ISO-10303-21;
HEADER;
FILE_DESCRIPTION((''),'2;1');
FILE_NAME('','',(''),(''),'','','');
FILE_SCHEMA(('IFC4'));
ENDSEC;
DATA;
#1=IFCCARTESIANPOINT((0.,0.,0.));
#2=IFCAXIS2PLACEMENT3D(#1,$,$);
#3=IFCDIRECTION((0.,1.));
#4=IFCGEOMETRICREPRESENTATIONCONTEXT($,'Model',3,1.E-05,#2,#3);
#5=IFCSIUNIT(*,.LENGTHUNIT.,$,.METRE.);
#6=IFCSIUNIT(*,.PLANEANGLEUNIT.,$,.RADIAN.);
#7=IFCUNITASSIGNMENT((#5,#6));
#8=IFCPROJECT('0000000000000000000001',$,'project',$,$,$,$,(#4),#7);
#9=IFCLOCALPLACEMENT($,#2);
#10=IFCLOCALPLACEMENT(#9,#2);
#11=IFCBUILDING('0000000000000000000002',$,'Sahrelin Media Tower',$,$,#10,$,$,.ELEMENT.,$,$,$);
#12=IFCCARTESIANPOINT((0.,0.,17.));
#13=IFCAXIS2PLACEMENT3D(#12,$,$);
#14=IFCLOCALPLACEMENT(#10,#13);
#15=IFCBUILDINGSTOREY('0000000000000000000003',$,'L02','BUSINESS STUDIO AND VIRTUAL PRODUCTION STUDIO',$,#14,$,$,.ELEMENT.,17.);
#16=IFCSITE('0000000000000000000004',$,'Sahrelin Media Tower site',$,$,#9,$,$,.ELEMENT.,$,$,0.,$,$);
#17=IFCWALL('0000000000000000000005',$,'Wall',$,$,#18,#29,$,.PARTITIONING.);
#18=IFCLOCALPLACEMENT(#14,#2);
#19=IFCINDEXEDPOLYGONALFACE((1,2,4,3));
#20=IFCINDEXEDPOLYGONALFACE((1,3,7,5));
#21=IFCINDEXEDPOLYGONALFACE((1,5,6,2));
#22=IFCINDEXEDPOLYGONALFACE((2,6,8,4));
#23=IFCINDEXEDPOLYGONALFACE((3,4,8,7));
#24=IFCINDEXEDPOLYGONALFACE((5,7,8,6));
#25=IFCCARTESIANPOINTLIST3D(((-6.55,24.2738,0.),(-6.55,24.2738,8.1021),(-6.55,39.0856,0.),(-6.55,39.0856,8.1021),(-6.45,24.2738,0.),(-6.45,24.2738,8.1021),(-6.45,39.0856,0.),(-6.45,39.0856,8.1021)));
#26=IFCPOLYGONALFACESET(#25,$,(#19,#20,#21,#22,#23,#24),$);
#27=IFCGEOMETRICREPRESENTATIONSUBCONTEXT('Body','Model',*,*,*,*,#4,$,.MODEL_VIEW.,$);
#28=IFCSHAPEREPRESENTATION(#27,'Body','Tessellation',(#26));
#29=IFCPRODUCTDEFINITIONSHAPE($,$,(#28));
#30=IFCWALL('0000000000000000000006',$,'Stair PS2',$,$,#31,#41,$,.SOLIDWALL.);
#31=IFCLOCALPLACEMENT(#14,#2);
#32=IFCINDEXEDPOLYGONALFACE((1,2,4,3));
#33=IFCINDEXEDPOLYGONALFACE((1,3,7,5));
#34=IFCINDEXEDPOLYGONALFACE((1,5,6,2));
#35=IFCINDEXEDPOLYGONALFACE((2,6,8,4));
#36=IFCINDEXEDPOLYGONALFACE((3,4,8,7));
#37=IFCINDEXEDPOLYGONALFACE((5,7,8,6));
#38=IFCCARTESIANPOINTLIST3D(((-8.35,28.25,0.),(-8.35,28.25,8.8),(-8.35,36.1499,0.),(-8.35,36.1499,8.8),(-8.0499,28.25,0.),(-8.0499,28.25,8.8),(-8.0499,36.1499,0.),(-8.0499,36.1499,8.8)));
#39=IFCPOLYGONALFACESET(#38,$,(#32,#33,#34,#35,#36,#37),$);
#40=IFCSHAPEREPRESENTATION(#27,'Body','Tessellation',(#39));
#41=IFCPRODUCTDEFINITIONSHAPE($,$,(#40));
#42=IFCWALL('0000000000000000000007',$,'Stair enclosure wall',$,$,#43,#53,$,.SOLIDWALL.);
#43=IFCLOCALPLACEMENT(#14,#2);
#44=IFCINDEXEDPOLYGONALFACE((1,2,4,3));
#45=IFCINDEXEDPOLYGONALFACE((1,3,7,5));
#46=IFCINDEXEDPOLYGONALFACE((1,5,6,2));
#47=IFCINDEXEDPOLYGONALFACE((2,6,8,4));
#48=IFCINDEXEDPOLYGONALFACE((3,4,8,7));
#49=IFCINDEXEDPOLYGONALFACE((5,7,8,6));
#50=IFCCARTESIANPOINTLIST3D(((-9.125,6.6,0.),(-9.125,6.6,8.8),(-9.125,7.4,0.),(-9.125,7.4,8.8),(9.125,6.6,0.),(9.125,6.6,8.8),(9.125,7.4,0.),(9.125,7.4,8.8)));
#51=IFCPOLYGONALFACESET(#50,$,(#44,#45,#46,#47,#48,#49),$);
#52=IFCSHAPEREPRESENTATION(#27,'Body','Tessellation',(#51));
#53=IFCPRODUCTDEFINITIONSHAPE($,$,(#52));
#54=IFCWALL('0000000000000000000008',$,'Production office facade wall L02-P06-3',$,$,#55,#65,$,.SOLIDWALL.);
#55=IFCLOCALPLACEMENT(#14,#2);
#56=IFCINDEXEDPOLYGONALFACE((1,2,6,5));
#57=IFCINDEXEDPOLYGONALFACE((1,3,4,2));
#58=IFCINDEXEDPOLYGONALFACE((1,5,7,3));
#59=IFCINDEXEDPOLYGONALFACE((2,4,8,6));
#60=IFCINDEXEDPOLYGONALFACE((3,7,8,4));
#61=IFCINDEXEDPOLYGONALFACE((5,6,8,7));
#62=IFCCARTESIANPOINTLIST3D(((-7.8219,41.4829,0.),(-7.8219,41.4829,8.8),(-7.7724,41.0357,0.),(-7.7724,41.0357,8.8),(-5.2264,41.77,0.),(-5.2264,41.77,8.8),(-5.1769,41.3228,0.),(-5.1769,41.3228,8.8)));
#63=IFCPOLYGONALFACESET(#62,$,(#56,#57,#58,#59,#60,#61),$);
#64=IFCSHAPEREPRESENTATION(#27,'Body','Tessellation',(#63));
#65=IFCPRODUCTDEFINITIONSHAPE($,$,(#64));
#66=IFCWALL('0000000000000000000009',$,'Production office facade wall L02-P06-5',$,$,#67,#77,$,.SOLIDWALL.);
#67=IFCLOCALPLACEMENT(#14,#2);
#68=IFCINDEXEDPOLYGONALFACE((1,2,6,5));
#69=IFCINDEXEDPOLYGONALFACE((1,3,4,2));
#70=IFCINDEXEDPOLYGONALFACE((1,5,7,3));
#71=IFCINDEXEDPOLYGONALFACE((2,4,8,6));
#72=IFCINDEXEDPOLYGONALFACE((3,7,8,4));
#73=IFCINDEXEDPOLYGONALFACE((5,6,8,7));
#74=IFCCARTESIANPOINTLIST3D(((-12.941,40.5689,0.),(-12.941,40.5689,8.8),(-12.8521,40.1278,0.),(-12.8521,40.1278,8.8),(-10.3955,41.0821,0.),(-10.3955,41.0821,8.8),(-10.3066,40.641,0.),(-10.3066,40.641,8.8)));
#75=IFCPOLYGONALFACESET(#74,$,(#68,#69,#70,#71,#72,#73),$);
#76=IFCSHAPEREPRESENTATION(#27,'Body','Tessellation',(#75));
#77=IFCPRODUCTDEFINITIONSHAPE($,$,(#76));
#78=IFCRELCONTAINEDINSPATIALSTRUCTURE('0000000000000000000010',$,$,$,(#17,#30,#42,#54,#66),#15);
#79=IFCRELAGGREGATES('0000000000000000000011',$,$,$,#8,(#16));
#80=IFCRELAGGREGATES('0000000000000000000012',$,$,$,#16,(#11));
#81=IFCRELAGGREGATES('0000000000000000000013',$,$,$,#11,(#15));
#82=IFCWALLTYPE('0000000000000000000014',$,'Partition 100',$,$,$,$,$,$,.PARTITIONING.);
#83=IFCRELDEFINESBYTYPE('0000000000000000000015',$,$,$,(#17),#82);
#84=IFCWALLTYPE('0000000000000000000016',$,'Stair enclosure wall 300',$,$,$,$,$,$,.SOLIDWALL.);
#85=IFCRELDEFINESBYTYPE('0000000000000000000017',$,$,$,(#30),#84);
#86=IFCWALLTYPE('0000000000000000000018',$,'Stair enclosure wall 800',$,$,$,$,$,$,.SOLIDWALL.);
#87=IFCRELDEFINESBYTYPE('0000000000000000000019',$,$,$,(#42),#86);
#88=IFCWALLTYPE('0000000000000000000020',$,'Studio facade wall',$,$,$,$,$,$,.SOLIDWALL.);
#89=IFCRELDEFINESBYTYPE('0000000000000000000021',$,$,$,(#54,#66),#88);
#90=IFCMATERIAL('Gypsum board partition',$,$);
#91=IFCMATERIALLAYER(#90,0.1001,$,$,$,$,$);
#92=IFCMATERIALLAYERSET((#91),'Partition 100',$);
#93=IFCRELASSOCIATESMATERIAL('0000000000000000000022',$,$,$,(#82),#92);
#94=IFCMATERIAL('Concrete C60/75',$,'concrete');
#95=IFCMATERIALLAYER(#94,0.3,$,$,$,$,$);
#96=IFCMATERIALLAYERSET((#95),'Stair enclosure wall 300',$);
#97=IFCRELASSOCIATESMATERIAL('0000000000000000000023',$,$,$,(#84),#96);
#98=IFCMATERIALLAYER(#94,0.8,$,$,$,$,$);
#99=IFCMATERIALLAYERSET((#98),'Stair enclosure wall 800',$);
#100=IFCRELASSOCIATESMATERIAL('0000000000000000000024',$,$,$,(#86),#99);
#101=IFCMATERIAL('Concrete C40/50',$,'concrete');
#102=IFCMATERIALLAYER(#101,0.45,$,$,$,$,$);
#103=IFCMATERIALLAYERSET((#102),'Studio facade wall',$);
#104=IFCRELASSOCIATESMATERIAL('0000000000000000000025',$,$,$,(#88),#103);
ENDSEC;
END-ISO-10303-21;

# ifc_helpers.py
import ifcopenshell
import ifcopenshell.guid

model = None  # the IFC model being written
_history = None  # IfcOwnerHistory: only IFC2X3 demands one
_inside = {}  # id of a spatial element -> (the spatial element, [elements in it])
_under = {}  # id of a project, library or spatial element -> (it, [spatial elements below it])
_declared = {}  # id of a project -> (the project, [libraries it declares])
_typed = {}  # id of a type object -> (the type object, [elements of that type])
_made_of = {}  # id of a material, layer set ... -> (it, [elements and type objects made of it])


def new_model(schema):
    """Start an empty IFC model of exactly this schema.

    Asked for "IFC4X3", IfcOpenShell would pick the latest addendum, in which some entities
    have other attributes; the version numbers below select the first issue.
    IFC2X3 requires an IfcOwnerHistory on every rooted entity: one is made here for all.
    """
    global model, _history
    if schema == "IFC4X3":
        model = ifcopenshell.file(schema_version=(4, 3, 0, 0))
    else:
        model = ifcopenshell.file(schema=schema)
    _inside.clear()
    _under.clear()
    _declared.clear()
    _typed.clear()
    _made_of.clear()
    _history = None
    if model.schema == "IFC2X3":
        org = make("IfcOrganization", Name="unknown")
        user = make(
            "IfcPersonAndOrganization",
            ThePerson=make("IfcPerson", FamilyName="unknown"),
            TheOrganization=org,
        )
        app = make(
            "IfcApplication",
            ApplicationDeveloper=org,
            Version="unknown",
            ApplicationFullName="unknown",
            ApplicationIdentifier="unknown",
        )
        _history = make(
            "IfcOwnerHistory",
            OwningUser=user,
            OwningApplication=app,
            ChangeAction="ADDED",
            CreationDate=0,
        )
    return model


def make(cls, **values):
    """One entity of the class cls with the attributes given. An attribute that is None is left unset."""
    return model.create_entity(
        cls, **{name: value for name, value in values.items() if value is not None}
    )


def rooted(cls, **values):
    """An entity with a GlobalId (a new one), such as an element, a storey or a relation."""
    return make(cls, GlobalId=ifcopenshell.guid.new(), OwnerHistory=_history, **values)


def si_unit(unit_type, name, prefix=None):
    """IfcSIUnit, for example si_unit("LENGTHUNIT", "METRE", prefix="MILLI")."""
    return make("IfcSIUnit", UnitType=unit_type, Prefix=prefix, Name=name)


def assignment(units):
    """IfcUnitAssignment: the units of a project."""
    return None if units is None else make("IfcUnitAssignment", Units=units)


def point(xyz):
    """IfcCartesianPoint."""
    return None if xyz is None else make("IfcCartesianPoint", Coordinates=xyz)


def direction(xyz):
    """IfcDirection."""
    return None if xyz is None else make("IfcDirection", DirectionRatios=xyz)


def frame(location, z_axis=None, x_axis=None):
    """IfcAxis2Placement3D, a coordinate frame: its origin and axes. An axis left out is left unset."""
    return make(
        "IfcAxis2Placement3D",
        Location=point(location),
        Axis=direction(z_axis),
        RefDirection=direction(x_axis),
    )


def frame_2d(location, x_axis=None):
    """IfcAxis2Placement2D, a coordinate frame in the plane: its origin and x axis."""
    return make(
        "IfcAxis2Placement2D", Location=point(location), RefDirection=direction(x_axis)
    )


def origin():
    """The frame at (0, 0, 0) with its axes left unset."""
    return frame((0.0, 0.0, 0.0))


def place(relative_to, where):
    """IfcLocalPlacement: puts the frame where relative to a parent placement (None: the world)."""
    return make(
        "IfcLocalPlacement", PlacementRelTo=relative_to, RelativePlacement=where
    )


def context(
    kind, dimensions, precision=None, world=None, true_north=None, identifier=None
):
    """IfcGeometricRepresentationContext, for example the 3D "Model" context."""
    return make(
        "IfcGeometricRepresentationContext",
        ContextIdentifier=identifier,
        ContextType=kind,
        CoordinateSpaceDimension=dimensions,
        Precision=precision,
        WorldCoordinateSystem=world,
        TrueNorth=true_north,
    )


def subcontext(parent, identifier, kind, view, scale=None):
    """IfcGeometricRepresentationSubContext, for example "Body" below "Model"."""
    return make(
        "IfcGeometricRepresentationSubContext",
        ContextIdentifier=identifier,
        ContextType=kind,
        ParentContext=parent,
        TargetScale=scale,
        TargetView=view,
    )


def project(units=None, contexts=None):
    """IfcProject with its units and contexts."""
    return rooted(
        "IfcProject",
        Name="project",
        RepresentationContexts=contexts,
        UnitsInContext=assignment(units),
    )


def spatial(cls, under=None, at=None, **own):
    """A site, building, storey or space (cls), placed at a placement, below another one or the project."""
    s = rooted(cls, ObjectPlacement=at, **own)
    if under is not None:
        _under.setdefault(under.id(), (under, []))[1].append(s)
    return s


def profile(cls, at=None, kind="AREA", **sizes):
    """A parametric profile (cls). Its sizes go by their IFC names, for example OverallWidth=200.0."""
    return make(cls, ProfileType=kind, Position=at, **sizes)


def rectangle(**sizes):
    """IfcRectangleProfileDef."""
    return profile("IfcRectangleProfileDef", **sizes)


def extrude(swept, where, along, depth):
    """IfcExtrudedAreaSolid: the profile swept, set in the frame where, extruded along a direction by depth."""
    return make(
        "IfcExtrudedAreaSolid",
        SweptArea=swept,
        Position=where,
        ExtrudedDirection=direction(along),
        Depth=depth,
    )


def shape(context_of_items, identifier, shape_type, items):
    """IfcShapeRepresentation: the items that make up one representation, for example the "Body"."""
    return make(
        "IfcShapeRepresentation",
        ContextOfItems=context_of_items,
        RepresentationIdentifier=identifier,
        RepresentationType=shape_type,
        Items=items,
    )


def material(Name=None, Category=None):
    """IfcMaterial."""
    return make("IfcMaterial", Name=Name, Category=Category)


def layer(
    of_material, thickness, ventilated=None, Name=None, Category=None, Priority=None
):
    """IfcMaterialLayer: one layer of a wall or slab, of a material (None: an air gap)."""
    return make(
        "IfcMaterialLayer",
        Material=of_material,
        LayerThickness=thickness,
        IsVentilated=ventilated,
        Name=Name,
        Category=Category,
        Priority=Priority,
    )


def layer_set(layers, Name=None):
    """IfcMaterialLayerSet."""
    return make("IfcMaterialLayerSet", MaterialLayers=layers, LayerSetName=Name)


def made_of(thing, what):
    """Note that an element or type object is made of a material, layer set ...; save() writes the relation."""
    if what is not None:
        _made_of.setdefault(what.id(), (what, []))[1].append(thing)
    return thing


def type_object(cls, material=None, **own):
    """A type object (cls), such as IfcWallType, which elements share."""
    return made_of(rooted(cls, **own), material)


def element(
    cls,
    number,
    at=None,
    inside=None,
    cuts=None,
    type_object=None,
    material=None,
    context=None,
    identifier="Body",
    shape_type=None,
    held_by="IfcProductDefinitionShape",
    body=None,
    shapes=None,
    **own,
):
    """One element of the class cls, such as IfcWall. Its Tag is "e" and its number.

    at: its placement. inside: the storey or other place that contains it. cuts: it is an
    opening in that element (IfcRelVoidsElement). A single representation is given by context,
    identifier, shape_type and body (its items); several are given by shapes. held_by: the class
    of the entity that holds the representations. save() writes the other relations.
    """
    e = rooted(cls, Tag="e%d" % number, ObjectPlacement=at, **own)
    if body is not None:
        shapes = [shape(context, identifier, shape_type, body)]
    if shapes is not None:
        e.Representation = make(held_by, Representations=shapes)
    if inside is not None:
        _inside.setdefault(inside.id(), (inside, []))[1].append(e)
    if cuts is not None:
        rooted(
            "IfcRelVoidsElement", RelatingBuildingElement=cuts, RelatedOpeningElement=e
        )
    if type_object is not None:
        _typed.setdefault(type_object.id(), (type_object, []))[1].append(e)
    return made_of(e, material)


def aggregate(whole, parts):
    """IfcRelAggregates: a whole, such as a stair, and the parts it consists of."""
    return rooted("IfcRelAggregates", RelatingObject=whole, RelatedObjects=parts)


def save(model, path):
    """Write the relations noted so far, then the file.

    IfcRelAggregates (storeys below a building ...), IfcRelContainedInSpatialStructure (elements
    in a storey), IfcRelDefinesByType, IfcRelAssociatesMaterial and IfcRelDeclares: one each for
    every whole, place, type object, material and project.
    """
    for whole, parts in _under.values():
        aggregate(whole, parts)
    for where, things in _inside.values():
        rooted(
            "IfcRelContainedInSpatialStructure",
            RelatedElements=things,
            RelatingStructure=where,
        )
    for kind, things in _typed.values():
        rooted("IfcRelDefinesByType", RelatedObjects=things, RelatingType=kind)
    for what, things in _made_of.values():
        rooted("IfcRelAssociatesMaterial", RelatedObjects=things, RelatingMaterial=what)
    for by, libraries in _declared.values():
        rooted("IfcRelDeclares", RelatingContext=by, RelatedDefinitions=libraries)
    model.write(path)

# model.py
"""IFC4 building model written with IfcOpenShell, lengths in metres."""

from ifc_helpers import new_model, si_unit, direction, frame, frame_2d, origin, place, context, subcontext, project, spatial, rectangle, extrude, material, layer, layer_set, type_object, element, save


model = new_model("IFC4")

# Units and contexts
model_context = context("Model", 3, precision=1e-05, world=origin(), true_north=direction((0.0, 1.0)))
body_context = subcontext(model_context, "Body", "Model", "MODEL_VIEW")
ifc_project = project(units=[si_unit("LENGTHUNIT", "METRE"), si_unit("PLANEANGLEUNIT", "RADIAN")], contexts=[model_context])

# Site, building, storey
site_placement = place(None, origin())
site = spatial("IfcSite", under=ifc_project, at=site_placement, Name="Sahrelin Media Tower site", CompositionType="ELEMENT", RefElevation=0.0)
building_placement = place(site_placement, origin())
building = spatial("IfcBuilding", under=site, at=building_placement, Name="Sahrelin Media Tower", CompositionType="ELEMENT")
storey_placement = place(building_placement, frame((0.0, 0.0, 17.0)))
storey = spatial("IfcBuildingStorey", under=building, at=storey_placement, Name="L02", Description="BUSINESS STUDIO AND VIRTUAL PRODUCTION STUDIO", CompositionType="ELEMENT", Elevation=17.0)

# Wall
ifc_material_1 = material(Name="Gypsum board partition")
ifc_layer_1 = layer(ifc_material_1, 0.1001)
ifc_layer_set_1 = layer_set([ifc_layer_1], Name="Partition 100")
wall_type_1 = type_object("IfcWallType", Name="Partition 100", PredefinedType="PARTITIONING", material=ifc_layer_set_1)
wall_1_placement = place(storey_placement, frame((-6.5, 24.2739, 0.0), z_axis=(0.0, 0.0, 1.0), x_axis=(0.0, 1.0, 0.0)))
element("IfcWall", 1, at=wall_1_placement, inside=storey, type_object=wall_type_1, Name="Wall", PredefinedType="PARTITIONING", context=body_context, shape_type="SweptSolid", body=[
    extrude(rectangle(XDim=14.8118, YDim=0.1001, at=frame_2d((7.4058, 0.0))), origin(), (0.0, 0.0, 1.0), 8.1021),
])

# Shared definitions
ifc_material_2 = material(Name="Concrete C60/75", Category="concrete")
ifc_layer_2 = layer(ifc_material_2, 0.3)
ifc_layer_set_2 = layer_set([ifc_layer_2], Name="Stair enclosure wall 300")
wall_type_2 = type_object("IfcWallType", Name="Stair enclosure wall 300", PredefinedType="SOLIDWALL", material=ifc_layer_set_2)

# Walls
wall_2_placement = place(storey_placement, frame((-8.2, 36.1499, 0.0), z_axis=(0.0, 0.0, 1.0), x_axis=(0.0, -1.0, 0.0)))
element("IfcWall", 2, at=wall_2_placement, inside=storey, type_object=wall_type_2, Name="Stair PS2", PredefinedType="SOLIDWALL", context=body_context, shape_type="SweptSolid", body=[
    extrude(rectangle(XDim=7.8999, YDim=0.3, at=frame_2d((3.95, 0.0))), origin(), (0.0, 0.0, 1.0), 8.8),
])
ifc_layer_3 = layer(ifc_material_2, 0.8)
ifc_layer_set_3 = layer_set([ifc_layer_3], Name="Stair enclosure wall 800")
wall_type_3 = type_object("IfcWallType", Name="Stair enclosure wall 800", PredefinedType="SOLIDWALL", material=ifc_layer_set_3)
wall_3_placement = place(storey_placement, frame((-9.125, 7.0, 0.0), z_axis=(0.0, 0.0, 1.0), x_axis=(1.0, 0.0, 0.0)))
element("IfcWall", 3, at=wall_3_placement, inside=storey, type_object=wall_type_3, Name="Stair enclosure wall", PredefinedType="SOLIDWALL", context=body_context, shape_type="SweptSolid", body=[
    extrude(rectangle(XDim=18.25, YDim=0.8, at=frame_2d((9.125, 0.0))), origin(), (0.0, 0.0, 1.0), 8.8),
])

# Shared definitions
ifc_material_3 = material(Name="Concrete C40/50", Category="concrete")
ifc_layer_4 = layer(ifc_material_3, 0.45)
ifc_layer_set_4 = layer_set([ifc_layer_4], Name="Studio facade wall")
wall_type_4 = type_object("IfcWallType", Name="Studio facade wall", PredefinedType="SOLIDWALL", material=ifc_layer_set_4)

# Wall
wall_4_placement = place(storey_placement, frame((-5.2017, 41.5464, 0.0), z_axis=(0.0, 0.0, 1.0), x_axis=(-0.993937, -0.109949, 0.0)))
element("IfcWall", 4, at=wall_4_placement, inside=storey, type_object=wall_type_4, Name="Production office facade wall L02-P06-3", PredefinedType="SOLIDWALL", context=body_context, shape_type="SweptSolid", body=[
    extrude(rectangle(XDim=2.6113, YDim=0.45, at=frame_2d((1.3057, 0.0))), origin(), (0.0, 0.0, 1.0), 8.8),
])

# Wall
wall_5_placement = place(storey_placement, frame((-10.3511, 40.8616, 0.0), z_axis=(0.0, 0.0, 1.0), x_axis=(-0.980276, -0.197635, 0.0)))
element("IfcWall", 5, at=wall_5_placement, inside=storey, type_object=wall_type_4, Name="Production office facade wall L02-P06-5", PredefinedType="SOLIDWALL", context=body_context, shape_type="SweptSolid", body=[
    extrude(rectangle(XDim=2.5967, YDim=0.45, at=frame_2d((1.2983, 0.0))), origin(), (0.0, 0.0, 1.0), 8.8),
])

save(model, "model.ifc")
